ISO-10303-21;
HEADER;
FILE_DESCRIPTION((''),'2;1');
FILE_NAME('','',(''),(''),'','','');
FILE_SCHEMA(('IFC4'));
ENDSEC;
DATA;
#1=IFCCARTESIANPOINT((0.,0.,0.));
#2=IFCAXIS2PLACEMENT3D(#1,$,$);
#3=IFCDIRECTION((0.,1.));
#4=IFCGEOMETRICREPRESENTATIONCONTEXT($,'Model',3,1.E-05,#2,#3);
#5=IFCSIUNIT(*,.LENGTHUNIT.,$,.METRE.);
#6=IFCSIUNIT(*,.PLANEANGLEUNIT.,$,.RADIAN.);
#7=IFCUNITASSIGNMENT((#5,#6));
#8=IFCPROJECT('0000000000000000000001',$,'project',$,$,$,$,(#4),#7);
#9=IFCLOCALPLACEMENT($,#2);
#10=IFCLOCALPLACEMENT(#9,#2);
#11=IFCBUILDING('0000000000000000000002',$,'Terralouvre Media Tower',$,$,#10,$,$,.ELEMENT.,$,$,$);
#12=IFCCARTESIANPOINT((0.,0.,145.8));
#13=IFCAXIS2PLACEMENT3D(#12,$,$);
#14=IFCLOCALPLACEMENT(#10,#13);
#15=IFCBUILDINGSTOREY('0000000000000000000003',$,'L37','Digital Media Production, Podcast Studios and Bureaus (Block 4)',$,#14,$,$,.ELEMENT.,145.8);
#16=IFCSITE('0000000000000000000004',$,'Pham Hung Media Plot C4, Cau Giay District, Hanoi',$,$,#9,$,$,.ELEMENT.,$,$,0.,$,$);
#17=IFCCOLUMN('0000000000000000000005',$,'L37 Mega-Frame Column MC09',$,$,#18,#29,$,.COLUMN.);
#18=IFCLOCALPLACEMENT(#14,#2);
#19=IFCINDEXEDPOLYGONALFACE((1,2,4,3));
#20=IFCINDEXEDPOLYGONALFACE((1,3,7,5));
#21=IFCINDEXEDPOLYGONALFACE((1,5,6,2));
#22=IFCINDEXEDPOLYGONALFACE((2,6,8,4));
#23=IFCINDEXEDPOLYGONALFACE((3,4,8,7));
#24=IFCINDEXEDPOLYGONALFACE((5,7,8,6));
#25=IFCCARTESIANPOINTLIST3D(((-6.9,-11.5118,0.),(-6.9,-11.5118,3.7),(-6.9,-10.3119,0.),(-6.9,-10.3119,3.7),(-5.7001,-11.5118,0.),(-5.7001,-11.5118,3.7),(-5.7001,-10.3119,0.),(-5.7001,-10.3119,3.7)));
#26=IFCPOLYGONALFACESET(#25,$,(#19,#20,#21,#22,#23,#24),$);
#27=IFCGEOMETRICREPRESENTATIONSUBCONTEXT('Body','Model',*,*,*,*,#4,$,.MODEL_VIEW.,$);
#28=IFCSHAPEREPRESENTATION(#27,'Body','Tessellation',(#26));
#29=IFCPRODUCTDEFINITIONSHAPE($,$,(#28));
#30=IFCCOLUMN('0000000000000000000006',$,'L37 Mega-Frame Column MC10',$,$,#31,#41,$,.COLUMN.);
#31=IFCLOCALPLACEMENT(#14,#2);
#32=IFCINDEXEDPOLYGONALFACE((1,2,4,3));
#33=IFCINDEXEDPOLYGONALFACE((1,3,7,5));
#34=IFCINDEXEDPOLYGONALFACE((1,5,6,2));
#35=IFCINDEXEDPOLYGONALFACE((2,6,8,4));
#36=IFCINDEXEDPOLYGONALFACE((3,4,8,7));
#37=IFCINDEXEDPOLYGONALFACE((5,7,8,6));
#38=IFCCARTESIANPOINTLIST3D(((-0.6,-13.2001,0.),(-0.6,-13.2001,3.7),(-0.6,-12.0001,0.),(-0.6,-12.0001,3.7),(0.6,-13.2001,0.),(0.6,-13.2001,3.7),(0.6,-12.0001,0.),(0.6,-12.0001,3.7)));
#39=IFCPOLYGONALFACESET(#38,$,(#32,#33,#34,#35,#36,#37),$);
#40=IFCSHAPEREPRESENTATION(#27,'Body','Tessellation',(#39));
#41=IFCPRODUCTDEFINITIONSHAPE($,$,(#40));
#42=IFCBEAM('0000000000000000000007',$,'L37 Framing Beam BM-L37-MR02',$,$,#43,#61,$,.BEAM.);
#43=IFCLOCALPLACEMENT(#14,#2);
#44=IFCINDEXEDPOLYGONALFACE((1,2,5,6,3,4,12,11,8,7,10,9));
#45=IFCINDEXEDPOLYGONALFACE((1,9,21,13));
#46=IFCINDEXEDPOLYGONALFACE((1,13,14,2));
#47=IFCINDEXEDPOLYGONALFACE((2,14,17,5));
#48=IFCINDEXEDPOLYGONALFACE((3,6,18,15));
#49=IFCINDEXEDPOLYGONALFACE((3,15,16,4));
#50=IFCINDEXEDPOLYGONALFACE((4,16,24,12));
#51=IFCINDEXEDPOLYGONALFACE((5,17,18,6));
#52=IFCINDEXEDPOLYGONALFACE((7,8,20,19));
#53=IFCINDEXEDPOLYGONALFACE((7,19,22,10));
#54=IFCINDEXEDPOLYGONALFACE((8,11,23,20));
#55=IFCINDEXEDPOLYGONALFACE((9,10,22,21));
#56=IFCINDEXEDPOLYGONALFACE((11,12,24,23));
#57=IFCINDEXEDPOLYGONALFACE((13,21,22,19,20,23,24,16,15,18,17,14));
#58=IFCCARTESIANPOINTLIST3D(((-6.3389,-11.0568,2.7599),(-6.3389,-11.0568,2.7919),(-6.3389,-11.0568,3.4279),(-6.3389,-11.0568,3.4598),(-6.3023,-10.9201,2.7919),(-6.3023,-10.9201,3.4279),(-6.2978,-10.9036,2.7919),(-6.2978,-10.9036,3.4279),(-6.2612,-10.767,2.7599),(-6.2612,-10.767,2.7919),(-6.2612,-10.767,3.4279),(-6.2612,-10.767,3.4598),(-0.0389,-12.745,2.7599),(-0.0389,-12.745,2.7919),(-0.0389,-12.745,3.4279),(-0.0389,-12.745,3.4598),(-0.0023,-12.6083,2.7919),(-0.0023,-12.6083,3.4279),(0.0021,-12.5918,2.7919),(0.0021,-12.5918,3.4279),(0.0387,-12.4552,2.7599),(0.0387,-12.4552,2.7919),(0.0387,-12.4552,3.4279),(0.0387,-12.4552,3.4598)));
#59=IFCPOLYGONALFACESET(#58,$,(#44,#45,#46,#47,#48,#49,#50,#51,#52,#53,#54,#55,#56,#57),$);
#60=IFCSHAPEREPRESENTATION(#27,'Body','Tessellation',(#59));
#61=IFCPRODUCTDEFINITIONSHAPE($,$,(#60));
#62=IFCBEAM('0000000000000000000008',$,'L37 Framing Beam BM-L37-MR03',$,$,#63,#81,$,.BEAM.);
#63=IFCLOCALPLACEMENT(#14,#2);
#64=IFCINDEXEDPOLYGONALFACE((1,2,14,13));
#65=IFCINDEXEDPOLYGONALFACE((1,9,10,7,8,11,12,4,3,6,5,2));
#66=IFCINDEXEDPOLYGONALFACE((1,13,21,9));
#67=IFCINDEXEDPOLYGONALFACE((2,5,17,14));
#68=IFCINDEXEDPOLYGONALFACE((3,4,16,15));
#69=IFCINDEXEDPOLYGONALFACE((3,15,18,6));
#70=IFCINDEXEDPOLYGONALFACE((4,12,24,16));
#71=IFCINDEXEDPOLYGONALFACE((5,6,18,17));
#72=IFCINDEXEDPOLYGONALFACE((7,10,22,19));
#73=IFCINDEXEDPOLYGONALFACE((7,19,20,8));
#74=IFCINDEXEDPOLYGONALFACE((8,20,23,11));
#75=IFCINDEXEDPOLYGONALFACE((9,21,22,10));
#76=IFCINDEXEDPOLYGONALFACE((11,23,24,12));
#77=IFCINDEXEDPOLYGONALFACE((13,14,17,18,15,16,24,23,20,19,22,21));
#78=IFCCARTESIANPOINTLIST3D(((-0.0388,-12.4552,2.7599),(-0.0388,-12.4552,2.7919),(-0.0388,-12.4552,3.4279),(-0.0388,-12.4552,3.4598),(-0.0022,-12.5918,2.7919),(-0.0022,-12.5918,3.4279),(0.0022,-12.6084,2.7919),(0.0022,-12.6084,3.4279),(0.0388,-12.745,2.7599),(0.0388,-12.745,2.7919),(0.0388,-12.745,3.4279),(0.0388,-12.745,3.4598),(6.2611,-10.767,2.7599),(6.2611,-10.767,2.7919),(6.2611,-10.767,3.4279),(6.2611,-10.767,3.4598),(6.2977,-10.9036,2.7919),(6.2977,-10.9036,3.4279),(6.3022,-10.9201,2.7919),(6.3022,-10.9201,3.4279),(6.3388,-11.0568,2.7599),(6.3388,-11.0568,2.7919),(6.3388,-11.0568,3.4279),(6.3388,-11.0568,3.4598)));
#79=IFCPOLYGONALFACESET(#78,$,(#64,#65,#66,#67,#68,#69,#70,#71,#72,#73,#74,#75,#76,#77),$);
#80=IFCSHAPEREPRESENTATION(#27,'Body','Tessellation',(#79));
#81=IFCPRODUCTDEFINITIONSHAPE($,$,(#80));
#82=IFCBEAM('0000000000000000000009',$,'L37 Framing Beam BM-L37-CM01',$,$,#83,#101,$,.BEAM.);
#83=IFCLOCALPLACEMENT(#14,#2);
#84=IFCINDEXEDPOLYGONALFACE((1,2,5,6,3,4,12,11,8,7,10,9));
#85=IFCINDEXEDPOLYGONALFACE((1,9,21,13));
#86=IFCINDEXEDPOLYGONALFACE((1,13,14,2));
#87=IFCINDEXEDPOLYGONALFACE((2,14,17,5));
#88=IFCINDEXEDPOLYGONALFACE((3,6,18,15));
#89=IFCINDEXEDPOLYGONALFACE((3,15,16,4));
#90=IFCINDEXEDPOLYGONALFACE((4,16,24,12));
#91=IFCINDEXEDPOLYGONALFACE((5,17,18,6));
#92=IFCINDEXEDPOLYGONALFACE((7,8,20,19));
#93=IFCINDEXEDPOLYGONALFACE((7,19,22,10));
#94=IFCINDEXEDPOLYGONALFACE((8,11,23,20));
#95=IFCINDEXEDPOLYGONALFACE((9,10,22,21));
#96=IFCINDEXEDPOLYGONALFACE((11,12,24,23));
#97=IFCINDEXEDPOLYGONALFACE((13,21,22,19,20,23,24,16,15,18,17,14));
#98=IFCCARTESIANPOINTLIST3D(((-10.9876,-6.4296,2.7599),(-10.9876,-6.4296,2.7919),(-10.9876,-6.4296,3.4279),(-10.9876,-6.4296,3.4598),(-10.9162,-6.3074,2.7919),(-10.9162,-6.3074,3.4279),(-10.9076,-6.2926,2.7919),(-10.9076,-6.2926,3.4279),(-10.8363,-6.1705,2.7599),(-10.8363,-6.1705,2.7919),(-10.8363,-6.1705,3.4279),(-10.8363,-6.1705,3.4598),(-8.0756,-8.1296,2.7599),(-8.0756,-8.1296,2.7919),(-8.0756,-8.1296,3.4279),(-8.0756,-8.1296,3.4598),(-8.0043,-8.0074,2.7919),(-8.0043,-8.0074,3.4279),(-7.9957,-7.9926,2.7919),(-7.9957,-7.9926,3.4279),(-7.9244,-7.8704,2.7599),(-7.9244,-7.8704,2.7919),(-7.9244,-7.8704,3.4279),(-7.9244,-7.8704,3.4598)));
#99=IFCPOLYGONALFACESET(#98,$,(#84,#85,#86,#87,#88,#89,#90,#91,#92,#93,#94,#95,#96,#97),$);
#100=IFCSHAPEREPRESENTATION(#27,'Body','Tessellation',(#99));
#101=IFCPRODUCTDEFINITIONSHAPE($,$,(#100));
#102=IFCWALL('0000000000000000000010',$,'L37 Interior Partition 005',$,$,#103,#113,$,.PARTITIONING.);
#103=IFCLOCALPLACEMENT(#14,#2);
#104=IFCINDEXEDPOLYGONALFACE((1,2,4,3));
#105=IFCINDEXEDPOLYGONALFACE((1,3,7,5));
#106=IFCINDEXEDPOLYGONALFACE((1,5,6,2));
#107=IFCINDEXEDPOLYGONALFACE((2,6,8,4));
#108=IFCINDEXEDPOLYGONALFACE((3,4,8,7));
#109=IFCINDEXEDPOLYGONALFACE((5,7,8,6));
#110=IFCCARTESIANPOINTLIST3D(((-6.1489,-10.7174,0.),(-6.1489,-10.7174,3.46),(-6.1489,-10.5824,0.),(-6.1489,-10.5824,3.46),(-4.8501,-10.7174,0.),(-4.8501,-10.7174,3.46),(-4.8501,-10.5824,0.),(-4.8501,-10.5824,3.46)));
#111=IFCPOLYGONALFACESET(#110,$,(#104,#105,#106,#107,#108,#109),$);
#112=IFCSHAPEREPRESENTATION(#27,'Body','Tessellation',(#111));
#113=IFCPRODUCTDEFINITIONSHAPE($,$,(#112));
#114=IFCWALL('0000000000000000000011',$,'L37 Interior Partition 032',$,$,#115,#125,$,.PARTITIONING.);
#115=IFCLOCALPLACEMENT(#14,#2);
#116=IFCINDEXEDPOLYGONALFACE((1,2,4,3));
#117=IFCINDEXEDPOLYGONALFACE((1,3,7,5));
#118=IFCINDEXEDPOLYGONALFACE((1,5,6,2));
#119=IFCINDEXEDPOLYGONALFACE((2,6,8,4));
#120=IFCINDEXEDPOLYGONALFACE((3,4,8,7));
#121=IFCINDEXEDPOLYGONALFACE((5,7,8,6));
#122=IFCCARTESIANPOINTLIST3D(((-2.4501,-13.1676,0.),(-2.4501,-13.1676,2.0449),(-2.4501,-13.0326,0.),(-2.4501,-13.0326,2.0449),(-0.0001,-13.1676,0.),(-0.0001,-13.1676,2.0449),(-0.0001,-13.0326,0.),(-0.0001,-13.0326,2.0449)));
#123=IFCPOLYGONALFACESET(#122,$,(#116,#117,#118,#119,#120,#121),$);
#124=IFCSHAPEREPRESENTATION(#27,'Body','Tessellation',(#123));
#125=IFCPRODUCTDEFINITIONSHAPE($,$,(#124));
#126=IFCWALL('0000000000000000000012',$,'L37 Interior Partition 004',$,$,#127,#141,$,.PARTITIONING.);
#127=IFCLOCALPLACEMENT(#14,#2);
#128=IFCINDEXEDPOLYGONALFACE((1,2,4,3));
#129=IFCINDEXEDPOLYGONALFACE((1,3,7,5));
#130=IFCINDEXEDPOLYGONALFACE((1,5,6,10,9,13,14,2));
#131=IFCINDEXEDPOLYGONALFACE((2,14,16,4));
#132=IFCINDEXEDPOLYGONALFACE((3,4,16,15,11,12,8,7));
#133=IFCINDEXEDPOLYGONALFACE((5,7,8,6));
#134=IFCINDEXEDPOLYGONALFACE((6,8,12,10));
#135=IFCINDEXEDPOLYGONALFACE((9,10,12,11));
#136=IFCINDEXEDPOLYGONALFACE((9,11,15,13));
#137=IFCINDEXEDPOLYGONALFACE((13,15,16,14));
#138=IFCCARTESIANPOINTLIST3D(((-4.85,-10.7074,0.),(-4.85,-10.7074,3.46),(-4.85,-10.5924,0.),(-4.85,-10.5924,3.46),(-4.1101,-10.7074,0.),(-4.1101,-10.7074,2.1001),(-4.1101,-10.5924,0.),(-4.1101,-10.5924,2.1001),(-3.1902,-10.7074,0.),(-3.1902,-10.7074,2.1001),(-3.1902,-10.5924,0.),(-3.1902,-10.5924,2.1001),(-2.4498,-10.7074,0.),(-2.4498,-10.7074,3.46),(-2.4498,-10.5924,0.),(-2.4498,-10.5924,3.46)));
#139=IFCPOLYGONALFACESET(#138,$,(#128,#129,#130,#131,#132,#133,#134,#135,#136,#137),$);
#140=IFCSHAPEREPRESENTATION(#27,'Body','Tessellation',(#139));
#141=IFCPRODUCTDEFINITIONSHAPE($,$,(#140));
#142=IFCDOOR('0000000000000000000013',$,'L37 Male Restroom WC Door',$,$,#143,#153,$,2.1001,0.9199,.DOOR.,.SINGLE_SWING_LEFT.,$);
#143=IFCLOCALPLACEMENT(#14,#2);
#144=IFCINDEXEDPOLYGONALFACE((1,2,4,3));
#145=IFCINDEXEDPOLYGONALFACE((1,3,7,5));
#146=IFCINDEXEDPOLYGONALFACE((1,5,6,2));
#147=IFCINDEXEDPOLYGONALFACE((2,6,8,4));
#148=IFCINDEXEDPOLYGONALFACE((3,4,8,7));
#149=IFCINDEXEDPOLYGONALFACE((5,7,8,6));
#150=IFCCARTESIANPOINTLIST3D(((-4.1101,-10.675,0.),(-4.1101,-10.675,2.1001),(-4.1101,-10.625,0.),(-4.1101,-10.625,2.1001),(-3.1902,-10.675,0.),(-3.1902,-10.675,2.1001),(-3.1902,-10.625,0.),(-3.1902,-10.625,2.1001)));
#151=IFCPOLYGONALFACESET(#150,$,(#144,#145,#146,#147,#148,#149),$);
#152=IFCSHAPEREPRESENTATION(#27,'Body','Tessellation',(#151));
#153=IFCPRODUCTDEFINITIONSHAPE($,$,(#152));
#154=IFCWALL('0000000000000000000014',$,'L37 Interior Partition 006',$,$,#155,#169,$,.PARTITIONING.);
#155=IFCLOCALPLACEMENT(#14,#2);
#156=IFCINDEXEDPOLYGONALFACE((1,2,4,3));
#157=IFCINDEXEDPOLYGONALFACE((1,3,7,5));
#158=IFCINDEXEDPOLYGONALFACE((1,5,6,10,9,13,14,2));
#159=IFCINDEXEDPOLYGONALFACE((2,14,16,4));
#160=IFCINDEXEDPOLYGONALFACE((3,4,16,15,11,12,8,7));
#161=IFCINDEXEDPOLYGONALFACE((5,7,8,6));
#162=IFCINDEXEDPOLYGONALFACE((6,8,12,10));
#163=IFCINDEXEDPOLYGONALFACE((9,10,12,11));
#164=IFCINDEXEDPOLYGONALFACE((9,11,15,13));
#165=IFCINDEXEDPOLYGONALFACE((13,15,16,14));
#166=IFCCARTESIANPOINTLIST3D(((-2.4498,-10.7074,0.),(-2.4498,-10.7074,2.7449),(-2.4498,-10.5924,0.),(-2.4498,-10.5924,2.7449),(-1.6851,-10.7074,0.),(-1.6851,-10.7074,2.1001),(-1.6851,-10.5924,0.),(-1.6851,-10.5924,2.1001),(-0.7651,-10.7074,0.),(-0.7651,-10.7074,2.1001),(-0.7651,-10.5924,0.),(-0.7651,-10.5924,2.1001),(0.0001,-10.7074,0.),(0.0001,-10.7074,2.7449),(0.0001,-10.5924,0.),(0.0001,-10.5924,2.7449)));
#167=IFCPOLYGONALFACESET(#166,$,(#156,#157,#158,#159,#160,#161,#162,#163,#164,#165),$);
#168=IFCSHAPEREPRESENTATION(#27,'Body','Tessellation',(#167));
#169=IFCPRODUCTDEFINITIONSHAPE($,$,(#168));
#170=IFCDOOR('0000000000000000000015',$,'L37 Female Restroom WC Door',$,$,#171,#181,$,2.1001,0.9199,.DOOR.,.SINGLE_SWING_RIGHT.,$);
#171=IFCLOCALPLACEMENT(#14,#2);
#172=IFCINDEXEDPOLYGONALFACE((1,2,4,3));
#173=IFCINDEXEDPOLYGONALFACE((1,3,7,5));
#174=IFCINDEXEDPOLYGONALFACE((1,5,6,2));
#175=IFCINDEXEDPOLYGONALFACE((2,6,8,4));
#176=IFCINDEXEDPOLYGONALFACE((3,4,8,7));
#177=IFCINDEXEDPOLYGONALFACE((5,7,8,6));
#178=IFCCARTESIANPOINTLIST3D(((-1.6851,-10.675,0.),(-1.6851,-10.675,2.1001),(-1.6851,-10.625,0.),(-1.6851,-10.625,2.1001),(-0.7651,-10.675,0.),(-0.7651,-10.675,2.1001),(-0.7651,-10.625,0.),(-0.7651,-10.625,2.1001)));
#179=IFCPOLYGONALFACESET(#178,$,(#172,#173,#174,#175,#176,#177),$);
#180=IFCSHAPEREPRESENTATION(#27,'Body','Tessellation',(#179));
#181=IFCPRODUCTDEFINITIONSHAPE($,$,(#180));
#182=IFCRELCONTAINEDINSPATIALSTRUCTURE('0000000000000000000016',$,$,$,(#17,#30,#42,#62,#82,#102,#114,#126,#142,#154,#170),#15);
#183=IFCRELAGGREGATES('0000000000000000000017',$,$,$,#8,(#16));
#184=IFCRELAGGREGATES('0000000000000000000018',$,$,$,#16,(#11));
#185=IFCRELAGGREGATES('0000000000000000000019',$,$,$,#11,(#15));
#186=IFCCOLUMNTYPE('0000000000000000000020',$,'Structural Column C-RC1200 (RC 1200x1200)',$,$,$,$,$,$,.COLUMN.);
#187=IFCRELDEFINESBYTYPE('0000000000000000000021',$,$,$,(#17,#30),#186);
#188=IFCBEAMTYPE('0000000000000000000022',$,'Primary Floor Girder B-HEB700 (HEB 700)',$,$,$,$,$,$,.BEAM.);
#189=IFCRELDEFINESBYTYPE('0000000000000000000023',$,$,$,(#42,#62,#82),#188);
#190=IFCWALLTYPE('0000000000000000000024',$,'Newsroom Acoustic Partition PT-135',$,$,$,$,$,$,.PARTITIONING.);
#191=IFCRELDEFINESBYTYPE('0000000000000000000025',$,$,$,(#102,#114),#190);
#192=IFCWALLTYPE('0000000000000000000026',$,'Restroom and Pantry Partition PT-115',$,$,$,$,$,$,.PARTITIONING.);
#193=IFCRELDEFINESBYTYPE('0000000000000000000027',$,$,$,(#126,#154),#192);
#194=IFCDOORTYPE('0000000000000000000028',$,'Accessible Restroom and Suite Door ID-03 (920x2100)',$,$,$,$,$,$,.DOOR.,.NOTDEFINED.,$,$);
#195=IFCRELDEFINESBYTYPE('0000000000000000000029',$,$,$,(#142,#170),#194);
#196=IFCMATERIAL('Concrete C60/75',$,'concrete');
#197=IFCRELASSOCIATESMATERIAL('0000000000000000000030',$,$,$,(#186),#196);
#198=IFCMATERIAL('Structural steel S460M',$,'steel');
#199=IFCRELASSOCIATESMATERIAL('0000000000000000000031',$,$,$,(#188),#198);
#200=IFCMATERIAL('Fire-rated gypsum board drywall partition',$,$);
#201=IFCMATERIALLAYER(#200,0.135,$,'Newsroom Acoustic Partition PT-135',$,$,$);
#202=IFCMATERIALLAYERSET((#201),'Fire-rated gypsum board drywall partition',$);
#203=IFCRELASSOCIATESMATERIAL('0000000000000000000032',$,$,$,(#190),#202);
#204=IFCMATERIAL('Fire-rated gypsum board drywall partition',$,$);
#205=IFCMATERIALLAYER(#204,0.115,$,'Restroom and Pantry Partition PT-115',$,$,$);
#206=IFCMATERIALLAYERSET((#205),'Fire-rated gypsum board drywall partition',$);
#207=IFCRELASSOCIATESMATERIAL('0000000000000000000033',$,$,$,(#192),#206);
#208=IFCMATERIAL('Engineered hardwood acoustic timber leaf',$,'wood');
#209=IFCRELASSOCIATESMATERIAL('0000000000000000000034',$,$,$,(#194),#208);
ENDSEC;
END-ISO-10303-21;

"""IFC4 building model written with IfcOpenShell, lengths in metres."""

from ifc_helpers import new_model, si_unit, direction, frame, frame_2d, origin, origin_2d, place, context, subcontext, project, spatial, rectangle, i_section, extrude, material, layer, layer_set, material_profile, profile_set, type_object, element, fill, save


model = new_model("IFC4")

# Units and contexts
model_context = context("Model", 3, precision=1e-05, world=origin(), true_north=direction((0.0, 1.0)))
body_context = subcontext(model_context, "Body", "Model", "MODEL_VIEW")
ifc_project = project(units=[si_unit("LENGTHUNIT", "METRE"), si_unit("PLANEANGLEUNIT", "RADIAN")], contexts=[model_context])

# Site, building, storey
site_placement = place(None, origin())
site = spatial("IfcSite", under=ifc_project, at=site_placement, Name="Pham Hung Media Plot C4, Cau Giay District, Hanoi", CompositionType="ELEMENT", RefElevation=0.0)
building_placement = place(site_placement, origin())
building = spatial("IfcBuilding", under=site, at=building_placement, Name="Terralouvre Media Tower", CompositionType="ELEMENT")
storey_placement = place(building_placement, frame((0.0, 0.0, 145.8)))
storey = spatial("IfcBuildingStorey", under=building, at=storey_placement, Name="L37", Description="Digital Media Production, Podcast Studios and Bureaus (Block 4)", CompositionType="ELEMENT", Elevation=145.8)

# Columns
ifc_material_1 = material(Name="Concrete C60/75", Category="concrete")
ifc_material_profile_1 = material_profile(ifc_material_1, rectangle(XDim=1.2, YDim=1.2, at=origin_2d()), Name="RC 1200x1200")
ifc_profile_set_1 = profile_set([ifc_material_profile_1], Name="Concrete C60/75")
column_type = type_object("IfcColumnType", Name="Structural Column C-RC1200 (RC 1200x1200)", PredefinedType="COLUMN", material=ifc_profile_set_1)
for number, where, z_axis, x_axis, name in (
    (1, (-6.3, -10.9119, 0.0), (0.0, 0.0, 1.0), (1.0, 0.0, 0.0), "L37 Mega-Frame Column MC09"),
    (2, (0.0, -12.6001, 0.0), (0.0, 0.0, 1.0), (1.0, 0.0, 0.0), "L37 Mega-Frame Column MC10"),
):
    element("IfcColumn", number, at=place(storey_placement, frame(where, z_axis=z_axis, x_axis=x_axis)), inside=storey, type_object=column_type, Name=name, PredefinedType="COLUMN", context=body_context, shape_type="SweptSolid", body=[
        extrude(rectangle(XDim=1.2, YDim=1.2, at=origin_2d()), origin(), (0.0, 0.0, 1.0), 3.7),
    ])

# Beams
ifc_material_2 = material(Name="Structural steel S460M", Category="steel")
ifc_material_profile_2 = material_profile(ifc_material_2, i_section(OverallWidth=0.3, OverallDepth=0.7, WebThickness=0.0171, FlangeThickness=0.032, at=origin_2d()), Name="HEB 700")
ifc_profile_set_2 = profile_set([ifc_material_profile_2], Name="Structural steel S460M")
beam_type = type_object("IfcBeamType", Name="Primary Floor Girder B-HEB700 (HEB 700)", PredefinedType="BEAM", material=ifc_profile_set_2)
for number, where, z_axis, x_axis, name in (
    (3, (-6.3, -10.9119, 3.1099), (0.96592, -0.258839, 0.0), (0.258839, 0.96592, 0.0), "L37 Framing Beam BM-L37-MR02"),
    (4, (0.0, -12.6001, 3.1099), (0.96592, 0.258839, 0.0), (-0.258839, 0.96592, 0.0), "L37 Framing Beam BM-L37-MR03"),
):
    element("IfcBeam", number, at=place(storey_placement, frame(where, z_axis=z_axis, x_axis=x_axis)), inside=storey, type_object=beam_type, Name=name, PredefinedType="BEAM", context=body_context, shape_type="SweptSolid", body=[
        extrude(i_section(OverallWidth=0.3, OverallDepth=0.7, WebThickness=0.0171, FlangeThickness=0.032, at=origin_2d()), origin(), (0.0, 0.0, 1.0), 6.5222),
    ])
beam_placement = place(storey_placement, frame((-8.0, -8.0, 3.1099), z_axis=(-0.863603, 0.504173, 0.0), x_axis=(-0.504173, -0.863603, 0.0)))
element("IfcBeam", 5, at=beam_placement, inside=storey, type_object=beam_type, Name="L37 Framing Beam BM-L37-CM01", PredefinedType="BEAM", context=body_context, shape_type="SweptSolid", body=[
    extrude(i_section(OverallWidth=0.3, OverallDepth=0.7, WebThickness=0.0171, FlangeThickness=0.032, at=origin_2d()), origin(), (0.0, 0.0, 1.0), 3.3718),
])

# Walls
ifc_material_3 = material(Name="Fire-rated gypsum board drywall partition")
ifc_layer_1 = layer(ifc_material_3, 0.135, Name="Newsroom Acoustic Partition PT-135")
ifc_layer_set_1 = layer_set([ifc_layer_1], Name="Fire-rated gypsum board drywall partition")
wall_type_1 = type_object("IfcWallType", Name="Newsroom Acoustic Partition PT-135", PredefinedType="PARTITIONING", material=ifc_layer_set_1)
wall_1_placement = place(storey_placement, frame((-6.1489, -10.6499, 0.0), z_axis=(0.0, 0.0, 1.0), x_axis=(1.0, 0.0, 0.0)))
element("IfcWall", 6, at=wall_1_placement, inside=storey, type_object=wall_type_1, Name="L37 Interior Partition 005", PredefinedType="PARTITIONING", context=body_context, shape_type="SweptSolid", body=[
    extrude(rectangle(XDim=1.2988, YDim=0.135, at=frame_2d((0.6494, 0.0))), origin(), (0.0, 0.0, 1.0), 3.46),
])
wall_2_placement = place(storey_placement, frame((0.0, -13.1001, 0.0), z_axis=(0.0, 0.0, 1.0), x_axis=(-1.0, 0.0, 0.0)))
element("IfcWall", 7, at=wall_2_placement, inside=storey, type_object=wall_type_1, Name="L37 Interior Partition 032", PredefinedType="PARTITIONING", context=body_context, shape_type="SweptSolid", body=[
    extrude(rectangle(XDim=2.45, YDim=0.135, at=frame_2d((1.2251, 0.0))), origin(), (0.0, 0.0, 1.0), 2.0449),
])

# Walls, openings, doors
ifc_material_4 = material(Name="Fire-rated gypsum board drywall partition")
ifc_layer_2 = layer(ifc_material_4, 0.115, Name="Restroom and Pantry Partition PT-115")
ifc_layer_set_2 = layer_set([ifc_layer_2], Name="Fire-rated gypsum board drywall partition")
wall_type_2 = type_object("IfcWallType", Name="Restroom and Pantry Partition PT-115", PredefinedType="PARTITIONING", material=ifc_layer_set_2)
wall_3_placement = place(storey_placement, frame((-4.8501, -10.6499, 0.0), z_axis=(0.0, 0.0, 1.0), x_axis=(1.0, 0.0, 0.0)))
wall_3 = element("IfcWall", 8, at=wall_3_placement, inside=storey, type_object=wall_type_2, Name="L37 Interior Partition 004", PredefinedType="PARTITIONING", context=body_context, shape_type="SweptSolid", body=[
    extrude(rectangle(XDim=2.4001, YDim=0.115, at=frame_2d((1.2002, 0.0))), origin(), (0.0, 0.0, 1.0), 3.46),
])
opening_1_placement = place(wall_3_placement, frame((0.74, 0.0, 0.0)))
opening_1 = element("IfcOpeningElement", 9, at=opening_1_placement, cuts=wall_3, PredefinedType="OPENING", context=body_context, shape_type="SweptSolid", body=[
    extrude(rectangle(XDim=0.9199, YDim=2.1001, at=frame_2d((0.46, 1.05))), frame((0.0, 0.0674, 0.0), z_axis=(0.0, -1.0, 0.0), x_axis=(1.0, 0.0, 0.0)), (0.0, 0.0, 1.0), 0.135),
])
ifc_material_5 = material(Name="Engineered hardwood acoustic timber leaf", Category="wood")
door_type = type_object("IfcDoorType", Name="Accessible Restroom and Suite Door ID-03 (920x2100)", OperationType="NOTDEFINED", PredefinedType="DOOR", material=ifc_material_5)
door_1_placement = place(opening_1_placement, origin())
door_1 = element("IfcDoor", 10, at=door_1_placement, inside=storey, type_object=door_type, Name="L37 Male Restroom WC Door", OperationType="SINGLE_SWING_LEFT", OverallHeight=2.1001, OverallWidth=0.9199, PredefinedType="DOOR", context=body_context, shape_type="SweptSolid", body=[
    extrude(rectangle(XDim=0.9199, YDim=2.1001, at=frame_2d((0.46, 1.05))), frame((0.0, 0.0249, 0.0), z_axis=(0.0, -1.0, 0.0), x_axis=(1.0, 0.0, 0.0)), (0.0, 0.0, 1.0), 0.05),
])
fill(opening_1, door_1)
wall_4_placement = place(storey_placement, frame((-2.45, -10.6499, 0.0), z_axis=(0.0, 0.0, 1.0), x_axis=(1.0, 0.0, 0.0)))
wall_4 = element("IfcWall", 11, at=wall_4_placement, inside=storey, type_object=wall_type_2, Name="L37 Interior Partition 006", PredefinedType="PARTITIONING", context=body_context, shape_type="SweptSolid", body=[
    extrude(rectangle(XDim=2.45, YDim=0.115, at=frame_2d((1.2251, 0.0))), origin(), (0.0, 0.0, 1.0), 2.7449),
])
opening_2_placement = place(wall_4_placement, frame((0.7649, 0.0, 0.0)))
opening_2 = element("IfcOpeningElement", 12, at=opening_2_placement, cuts=wall_4, PredefinedType="OPENING", context=body_context, shape_type="SweptSolid", body=[
    extrude(rectangle(XDim=0.9199, YDim=2.1001, at=frame_2d((0.46, 1.05))), frame((0.0, 0.0674, 0.0), z_axis=(0.0, -1.0, 0.0), x_axis=(1.0, 0.0, 0.0)), (0.0, 0.0, 1.0), 0.135),
])
door_2_placement = place(opening_2_placement, origin())
door_2 = element("IfcDoor", 13, at=door_2_placement, inside=storey, type_object=door_type, Name="L37 Female Restroom WC Door", OperationType="SINGLE_SWING_RIGHT", OverallHeight=2.1001, OverallWidth=0.9199, PredefinedType="DOOR", context=body_context, shape_type="SweptSolid", body=[
    extrude(rectangle(XDim=0.9199, YDim=2.1001, at=frame_2d((0.46, 1.05))), frame((0.0, 0.0249, 0.0), z_axis=(0.0, -1.0, 0.0), x_axis=(1.0, 0.0, 0.0)), (0.0, 0.0, 1.0), 0.05),
])
fill(opening_2, door_2)

save(model, "model.ifc")
